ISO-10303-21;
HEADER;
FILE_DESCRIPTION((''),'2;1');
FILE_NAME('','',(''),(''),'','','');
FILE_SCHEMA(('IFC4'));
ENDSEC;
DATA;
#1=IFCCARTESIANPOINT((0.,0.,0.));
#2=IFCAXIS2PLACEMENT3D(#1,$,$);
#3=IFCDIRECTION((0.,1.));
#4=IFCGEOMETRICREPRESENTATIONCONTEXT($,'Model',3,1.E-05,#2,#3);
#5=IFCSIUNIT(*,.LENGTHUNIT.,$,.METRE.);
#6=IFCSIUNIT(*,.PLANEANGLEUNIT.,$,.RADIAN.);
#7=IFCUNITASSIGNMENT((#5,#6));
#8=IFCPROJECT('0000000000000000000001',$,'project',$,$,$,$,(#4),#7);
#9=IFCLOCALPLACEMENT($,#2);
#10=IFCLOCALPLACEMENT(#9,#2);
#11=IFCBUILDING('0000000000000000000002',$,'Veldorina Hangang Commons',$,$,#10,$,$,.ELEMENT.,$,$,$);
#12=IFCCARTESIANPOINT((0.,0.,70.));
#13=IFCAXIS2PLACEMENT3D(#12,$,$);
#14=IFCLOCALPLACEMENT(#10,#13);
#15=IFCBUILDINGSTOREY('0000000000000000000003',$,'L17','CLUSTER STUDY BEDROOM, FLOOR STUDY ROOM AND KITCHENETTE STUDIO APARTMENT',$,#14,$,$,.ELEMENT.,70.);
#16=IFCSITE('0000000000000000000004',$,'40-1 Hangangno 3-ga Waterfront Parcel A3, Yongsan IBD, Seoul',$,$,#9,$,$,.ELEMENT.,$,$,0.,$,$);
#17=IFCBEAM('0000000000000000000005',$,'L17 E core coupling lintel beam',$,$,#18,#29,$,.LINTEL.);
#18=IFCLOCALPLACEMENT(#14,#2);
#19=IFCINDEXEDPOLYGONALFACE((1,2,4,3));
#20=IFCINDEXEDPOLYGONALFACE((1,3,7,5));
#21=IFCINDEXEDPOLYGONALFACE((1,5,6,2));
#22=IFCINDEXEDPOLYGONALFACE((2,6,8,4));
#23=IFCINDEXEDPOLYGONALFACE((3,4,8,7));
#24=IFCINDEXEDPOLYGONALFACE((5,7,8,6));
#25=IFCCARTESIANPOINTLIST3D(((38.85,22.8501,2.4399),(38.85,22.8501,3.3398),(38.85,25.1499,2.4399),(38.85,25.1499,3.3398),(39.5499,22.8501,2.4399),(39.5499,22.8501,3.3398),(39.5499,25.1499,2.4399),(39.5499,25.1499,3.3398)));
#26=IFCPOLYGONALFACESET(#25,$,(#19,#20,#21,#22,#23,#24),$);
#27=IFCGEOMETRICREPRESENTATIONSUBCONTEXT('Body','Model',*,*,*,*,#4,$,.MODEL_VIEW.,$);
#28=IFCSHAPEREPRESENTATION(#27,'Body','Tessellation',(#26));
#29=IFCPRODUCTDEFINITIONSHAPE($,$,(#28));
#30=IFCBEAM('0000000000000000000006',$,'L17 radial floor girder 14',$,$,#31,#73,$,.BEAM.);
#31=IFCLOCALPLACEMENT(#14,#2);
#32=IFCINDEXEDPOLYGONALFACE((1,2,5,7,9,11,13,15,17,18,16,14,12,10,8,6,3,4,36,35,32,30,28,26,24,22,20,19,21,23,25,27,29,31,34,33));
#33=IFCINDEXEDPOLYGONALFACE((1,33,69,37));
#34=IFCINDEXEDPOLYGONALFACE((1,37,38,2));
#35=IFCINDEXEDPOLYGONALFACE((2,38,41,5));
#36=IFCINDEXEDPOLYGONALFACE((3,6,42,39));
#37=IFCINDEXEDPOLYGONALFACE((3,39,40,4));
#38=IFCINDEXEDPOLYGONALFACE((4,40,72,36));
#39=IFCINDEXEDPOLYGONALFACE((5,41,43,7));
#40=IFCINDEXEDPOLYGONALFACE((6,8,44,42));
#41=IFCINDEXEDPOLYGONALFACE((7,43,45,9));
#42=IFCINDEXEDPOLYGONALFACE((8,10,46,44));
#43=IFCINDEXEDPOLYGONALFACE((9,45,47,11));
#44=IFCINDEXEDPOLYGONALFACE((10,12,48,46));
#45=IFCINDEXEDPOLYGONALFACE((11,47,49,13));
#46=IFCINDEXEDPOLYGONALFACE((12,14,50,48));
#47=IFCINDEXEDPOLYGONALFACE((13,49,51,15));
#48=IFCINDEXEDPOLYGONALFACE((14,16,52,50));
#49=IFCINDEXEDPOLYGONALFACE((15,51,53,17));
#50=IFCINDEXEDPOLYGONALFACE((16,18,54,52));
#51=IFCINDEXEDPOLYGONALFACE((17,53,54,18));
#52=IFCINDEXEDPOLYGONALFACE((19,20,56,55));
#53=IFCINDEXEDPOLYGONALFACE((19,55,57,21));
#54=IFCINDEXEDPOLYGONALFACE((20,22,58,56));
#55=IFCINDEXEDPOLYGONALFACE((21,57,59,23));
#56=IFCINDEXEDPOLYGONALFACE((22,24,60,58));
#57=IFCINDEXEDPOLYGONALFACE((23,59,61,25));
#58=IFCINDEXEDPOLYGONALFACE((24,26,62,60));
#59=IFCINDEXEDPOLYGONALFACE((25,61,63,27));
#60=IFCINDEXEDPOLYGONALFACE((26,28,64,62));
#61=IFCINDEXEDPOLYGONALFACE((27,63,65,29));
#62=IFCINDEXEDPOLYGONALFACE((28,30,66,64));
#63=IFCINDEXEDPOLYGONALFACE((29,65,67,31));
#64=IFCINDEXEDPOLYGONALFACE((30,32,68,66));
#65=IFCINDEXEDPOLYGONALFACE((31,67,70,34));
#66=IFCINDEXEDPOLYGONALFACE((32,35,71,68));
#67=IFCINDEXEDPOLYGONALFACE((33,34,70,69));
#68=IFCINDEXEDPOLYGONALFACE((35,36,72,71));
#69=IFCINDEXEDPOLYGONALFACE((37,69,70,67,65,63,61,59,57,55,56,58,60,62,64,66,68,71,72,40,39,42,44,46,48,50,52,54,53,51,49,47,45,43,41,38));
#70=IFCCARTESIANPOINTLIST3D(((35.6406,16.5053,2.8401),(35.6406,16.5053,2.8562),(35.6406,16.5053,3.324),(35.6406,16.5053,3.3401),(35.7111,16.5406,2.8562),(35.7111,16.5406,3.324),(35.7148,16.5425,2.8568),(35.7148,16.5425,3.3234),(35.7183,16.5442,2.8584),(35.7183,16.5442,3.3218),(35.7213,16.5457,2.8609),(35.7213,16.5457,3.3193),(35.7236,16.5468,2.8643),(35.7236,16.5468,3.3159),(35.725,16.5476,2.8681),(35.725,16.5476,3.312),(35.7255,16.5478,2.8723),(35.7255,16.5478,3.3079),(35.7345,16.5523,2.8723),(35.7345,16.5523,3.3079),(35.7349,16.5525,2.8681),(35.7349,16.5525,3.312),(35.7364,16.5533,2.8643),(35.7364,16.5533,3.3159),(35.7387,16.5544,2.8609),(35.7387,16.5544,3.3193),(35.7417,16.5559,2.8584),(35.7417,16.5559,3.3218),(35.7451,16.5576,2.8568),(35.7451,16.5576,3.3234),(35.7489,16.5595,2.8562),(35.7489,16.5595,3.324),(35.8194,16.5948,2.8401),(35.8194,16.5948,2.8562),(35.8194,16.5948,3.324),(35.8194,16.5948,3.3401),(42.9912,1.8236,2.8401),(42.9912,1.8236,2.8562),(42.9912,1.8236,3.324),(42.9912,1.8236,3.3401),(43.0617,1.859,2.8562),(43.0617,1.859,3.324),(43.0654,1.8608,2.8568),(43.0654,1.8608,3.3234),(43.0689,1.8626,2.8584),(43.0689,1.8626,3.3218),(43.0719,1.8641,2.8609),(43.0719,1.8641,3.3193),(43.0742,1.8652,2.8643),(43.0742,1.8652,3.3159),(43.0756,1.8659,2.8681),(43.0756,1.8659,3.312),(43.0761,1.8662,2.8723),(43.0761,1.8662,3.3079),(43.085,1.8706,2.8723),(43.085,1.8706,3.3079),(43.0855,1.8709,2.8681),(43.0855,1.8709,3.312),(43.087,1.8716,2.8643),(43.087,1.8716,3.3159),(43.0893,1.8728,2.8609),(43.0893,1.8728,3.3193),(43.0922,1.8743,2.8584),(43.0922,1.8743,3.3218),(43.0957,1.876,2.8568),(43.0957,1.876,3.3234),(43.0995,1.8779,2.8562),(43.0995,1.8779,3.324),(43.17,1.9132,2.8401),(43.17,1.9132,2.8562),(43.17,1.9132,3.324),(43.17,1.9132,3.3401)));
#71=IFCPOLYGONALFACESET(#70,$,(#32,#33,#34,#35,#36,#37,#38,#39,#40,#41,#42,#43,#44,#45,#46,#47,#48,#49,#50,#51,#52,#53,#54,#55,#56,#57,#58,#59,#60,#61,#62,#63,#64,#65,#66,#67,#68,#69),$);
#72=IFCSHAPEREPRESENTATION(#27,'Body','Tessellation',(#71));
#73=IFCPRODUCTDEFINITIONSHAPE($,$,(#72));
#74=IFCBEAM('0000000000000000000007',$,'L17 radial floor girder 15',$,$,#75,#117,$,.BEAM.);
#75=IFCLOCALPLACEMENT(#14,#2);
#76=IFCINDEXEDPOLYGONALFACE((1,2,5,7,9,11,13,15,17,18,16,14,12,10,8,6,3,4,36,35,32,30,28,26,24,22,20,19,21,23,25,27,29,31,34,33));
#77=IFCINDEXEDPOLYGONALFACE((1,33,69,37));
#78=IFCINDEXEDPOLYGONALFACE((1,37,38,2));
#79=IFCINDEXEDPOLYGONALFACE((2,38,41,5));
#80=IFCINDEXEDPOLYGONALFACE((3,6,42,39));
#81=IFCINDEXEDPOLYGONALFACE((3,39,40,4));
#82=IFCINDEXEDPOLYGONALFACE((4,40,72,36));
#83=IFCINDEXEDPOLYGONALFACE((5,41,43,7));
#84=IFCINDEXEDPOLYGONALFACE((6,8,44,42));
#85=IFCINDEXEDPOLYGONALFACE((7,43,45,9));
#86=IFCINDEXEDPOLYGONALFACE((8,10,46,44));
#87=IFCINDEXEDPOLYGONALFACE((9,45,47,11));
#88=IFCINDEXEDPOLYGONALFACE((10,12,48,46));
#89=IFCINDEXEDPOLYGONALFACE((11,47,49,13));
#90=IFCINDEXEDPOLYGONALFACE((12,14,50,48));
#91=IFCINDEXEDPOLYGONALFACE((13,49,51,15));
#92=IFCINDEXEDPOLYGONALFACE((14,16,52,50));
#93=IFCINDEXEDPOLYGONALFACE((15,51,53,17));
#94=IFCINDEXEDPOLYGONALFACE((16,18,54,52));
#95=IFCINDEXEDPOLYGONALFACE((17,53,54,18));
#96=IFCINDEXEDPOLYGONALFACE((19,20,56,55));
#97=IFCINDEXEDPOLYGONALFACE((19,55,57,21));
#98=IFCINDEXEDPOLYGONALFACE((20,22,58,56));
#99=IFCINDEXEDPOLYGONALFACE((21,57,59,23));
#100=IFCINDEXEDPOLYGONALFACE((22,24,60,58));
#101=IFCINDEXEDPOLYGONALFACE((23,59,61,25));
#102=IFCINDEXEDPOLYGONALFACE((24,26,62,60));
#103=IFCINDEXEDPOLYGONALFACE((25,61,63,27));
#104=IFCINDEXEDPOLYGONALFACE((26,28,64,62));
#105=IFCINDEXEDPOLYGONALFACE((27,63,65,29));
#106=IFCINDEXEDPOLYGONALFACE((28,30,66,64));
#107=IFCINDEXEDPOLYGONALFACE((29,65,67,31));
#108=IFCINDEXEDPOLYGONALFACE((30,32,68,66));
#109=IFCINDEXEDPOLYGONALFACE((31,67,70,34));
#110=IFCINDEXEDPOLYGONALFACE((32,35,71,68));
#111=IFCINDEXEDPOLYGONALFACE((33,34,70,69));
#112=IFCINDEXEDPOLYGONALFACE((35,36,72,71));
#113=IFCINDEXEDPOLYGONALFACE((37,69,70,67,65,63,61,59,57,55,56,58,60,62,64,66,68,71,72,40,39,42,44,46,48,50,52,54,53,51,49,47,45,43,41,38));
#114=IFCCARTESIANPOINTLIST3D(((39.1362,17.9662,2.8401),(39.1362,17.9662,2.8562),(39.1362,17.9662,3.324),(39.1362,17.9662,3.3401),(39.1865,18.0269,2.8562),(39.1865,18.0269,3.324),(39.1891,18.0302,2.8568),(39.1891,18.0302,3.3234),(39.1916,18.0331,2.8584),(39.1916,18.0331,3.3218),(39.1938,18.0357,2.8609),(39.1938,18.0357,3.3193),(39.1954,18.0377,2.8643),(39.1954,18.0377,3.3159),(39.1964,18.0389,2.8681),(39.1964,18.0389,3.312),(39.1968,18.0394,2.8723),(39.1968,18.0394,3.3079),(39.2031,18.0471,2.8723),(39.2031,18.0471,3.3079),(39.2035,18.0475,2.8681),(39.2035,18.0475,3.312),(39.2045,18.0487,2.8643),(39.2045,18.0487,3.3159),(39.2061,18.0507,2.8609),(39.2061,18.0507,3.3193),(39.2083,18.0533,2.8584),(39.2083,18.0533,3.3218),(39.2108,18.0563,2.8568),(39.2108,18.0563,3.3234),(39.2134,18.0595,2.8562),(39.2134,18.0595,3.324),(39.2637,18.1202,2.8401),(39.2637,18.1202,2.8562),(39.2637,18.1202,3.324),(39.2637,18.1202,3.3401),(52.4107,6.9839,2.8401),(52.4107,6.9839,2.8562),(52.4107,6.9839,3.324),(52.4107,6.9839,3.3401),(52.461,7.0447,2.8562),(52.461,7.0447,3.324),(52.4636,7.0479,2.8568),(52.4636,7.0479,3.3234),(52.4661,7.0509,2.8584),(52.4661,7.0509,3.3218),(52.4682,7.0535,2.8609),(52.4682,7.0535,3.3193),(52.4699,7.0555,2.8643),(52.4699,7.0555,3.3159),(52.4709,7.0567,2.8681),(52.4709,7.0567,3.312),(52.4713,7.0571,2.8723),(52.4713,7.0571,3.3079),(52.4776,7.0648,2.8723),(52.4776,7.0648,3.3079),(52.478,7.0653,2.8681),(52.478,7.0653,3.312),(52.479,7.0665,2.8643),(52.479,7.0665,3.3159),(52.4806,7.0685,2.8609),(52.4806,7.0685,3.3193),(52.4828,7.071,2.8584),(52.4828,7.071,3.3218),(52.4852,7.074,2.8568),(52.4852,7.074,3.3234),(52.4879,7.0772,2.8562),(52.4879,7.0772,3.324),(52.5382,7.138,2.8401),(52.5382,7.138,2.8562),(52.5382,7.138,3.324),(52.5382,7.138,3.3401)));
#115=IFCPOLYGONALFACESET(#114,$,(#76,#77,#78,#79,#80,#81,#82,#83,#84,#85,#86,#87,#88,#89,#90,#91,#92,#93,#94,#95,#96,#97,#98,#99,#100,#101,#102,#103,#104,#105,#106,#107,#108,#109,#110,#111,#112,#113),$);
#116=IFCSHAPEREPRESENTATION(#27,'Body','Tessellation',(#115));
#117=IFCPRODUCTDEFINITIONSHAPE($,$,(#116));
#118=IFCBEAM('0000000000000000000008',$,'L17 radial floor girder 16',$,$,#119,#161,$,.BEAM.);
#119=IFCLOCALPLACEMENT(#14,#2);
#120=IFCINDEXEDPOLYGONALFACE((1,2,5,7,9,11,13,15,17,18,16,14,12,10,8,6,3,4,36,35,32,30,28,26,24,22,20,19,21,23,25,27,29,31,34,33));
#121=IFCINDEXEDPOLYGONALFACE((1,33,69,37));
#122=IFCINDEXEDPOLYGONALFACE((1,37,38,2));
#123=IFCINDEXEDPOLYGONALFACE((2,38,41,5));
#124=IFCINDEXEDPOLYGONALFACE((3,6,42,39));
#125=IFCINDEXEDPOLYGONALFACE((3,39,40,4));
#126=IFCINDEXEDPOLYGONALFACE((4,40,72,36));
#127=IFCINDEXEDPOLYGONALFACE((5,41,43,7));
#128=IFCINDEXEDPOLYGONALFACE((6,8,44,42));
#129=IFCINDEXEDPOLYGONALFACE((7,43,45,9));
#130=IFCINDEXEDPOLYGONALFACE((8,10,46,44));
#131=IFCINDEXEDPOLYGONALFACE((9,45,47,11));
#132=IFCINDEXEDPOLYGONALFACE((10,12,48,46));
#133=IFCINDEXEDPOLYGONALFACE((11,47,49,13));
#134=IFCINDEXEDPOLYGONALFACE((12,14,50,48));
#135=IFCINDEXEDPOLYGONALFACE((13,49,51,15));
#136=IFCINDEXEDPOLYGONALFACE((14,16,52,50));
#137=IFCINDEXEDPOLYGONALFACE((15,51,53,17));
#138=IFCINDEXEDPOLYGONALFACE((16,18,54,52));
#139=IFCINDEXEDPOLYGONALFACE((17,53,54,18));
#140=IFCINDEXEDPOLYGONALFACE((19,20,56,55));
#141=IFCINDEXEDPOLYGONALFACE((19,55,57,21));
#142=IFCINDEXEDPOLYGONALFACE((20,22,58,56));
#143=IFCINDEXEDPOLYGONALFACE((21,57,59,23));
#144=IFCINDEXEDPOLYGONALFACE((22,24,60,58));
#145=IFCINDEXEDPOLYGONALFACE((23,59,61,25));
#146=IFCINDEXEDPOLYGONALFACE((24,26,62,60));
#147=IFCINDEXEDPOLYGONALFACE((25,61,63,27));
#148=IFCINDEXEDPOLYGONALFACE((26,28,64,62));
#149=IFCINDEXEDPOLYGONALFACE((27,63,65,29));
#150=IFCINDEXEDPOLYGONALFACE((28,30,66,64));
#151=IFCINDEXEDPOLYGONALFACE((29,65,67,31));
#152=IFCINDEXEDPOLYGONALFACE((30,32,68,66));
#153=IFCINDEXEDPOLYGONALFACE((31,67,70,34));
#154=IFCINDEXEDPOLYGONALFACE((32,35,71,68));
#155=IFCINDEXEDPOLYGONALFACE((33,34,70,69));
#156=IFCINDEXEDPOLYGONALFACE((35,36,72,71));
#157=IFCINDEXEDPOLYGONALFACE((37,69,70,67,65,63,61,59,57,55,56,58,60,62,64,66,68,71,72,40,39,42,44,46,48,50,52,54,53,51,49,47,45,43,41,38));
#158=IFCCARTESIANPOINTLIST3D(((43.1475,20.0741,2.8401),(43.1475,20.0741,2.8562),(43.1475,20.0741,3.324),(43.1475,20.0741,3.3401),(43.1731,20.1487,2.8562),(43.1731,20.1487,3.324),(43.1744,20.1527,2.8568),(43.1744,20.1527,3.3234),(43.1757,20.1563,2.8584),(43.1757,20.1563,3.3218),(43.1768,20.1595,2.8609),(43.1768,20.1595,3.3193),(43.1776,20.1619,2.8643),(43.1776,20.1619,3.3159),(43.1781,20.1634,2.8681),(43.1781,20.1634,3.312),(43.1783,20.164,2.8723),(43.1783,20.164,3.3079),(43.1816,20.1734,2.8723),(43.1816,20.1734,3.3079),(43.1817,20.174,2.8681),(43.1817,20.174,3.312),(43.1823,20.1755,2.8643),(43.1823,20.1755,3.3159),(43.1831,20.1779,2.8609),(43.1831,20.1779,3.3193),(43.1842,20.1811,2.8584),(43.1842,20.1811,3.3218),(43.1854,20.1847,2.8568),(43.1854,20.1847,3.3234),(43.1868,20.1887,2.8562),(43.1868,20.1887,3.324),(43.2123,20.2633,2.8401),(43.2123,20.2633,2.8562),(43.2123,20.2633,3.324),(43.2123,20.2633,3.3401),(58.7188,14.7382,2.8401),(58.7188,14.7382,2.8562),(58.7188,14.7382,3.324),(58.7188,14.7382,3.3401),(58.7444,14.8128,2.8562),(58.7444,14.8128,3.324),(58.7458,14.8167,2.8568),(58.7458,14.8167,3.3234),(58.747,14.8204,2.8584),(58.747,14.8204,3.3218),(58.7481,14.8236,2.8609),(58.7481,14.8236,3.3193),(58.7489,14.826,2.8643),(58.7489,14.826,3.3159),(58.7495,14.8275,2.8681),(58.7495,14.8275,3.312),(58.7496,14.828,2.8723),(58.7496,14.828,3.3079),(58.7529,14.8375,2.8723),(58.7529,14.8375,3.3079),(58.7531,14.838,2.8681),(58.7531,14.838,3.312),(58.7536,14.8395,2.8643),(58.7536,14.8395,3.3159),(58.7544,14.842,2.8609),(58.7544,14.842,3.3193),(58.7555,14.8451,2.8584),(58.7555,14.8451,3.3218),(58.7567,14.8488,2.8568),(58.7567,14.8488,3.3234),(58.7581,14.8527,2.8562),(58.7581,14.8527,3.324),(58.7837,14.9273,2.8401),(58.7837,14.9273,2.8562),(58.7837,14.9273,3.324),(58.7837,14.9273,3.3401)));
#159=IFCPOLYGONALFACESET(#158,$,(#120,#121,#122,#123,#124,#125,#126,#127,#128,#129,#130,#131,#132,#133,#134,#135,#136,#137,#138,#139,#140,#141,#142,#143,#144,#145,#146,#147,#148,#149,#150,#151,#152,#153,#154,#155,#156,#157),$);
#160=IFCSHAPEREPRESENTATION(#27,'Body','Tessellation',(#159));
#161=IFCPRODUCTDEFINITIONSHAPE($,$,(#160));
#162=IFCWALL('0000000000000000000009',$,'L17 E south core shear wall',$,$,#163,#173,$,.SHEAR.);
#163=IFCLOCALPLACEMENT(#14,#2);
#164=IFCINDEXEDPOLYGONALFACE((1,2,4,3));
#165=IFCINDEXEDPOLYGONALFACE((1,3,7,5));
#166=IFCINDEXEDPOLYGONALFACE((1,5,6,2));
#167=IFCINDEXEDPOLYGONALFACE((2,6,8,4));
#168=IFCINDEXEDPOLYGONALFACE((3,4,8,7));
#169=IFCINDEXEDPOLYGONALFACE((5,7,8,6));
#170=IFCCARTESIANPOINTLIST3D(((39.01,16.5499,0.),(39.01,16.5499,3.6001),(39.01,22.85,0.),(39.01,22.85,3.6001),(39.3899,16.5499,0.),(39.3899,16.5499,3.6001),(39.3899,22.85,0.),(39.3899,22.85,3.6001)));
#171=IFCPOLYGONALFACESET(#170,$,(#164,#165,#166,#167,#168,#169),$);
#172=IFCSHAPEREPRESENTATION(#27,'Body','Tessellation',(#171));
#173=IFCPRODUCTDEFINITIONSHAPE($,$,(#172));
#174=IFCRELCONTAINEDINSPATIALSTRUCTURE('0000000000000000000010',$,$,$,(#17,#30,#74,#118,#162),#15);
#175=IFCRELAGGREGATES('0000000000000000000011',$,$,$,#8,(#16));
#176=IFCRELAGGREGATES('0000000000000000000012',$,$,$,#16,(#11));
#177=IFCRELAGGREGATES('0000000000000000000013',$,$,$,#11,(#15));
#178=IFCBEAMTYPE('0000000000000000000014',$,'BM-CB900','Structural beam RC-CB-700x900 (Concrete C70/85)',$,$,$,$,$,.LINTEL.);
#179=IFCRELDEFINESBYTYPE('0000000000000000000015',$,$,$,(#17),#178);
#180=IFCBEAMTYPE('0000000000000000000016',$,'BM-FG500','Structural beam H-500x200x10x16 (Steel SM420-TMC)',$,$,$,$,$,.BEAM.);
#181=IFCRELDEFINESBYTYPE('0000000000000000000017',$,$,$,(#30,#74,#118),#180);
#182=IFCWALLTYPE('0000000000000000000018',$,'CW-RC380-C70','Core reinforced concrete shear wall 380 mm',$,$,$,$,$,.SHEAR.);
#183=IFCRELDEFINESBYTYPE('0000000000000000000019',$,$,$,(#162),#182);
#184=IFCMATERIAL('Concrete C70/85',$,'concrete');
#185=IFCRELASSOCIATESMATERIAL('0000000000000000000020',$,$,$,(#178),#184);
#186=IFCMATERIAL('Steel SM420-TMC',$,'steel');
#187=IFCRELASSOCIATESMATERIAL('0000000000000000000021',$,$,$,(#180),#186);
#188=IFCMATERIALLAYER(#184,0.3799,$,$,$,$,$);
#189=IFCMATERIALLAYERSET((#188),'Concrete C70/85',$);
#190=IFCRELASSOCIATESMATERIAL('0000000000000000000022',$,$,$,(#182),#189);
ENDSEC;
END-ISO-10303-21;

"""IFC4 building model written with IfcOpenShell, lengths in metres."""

from ifc_helpers import new_model, si_unit, direction, frame, frame_2d, origin, origin_2d, place, context, subcontext, project, spatial, rectangle, i_section, extrude, material, layer, layer_set, material_profile, profile_set, type_object, element, save


model = new_model("IFC4")

# Units and contexts
model_context = context("Model", 3, precision=1e-05, world=origin(), true_north=direction((0.0, 1.0)))
body_context = subcontext(model_context, "Body", "Model", "MODEL_VIEW")
ifc_project = project(units=[si_unit("LENGTHUNIT", "METRE"), si_unit("PLANEANGLEUNIT", "RADIAN")], contexts=[model_context])

# Site, building, storey
site_placement = place(None, origin())
site = spatial("IfcSite", under=ifc_project, at=site_placement, Name="40-1 Hangangno 3-ga Waterfront Parcel A3, Yongsan IBD, Seoul", CompositionType="ELEMENT", RefElevation=0.0)
building_placement = place(site_placement, origin())
building = spatial("IfcBuilding", under=site, at=building_placement, Name="Veldorina Hangang Commons", CompositionType="ELEMENT")
storey_placement = place(building_placement, frame((0.0, 0.0, 70.0)))
storey = spatial("IfcBuildingStorey", under=building, at=storey_placement, Name="L17", Description="CLUSTER STUDY BEDROOM, FLOOR STUDY ROOM AND KITCHENETTE STUDIO APARTMENT", CompositionType="ELEMENT", Elevation=70.0)

# Beams
ifc_material_1 = material(Name="Concrete C70/85", Category="concrete")
ifc_material_profile_1 = material_profile(ifc_material_1, rectangle(XDim=0.7, YDim=0.8999, at=origin_2d()), Name="RC-CB-700x900")
ifc_profile_set_1 = profile_set([ifc_material_profile_1], Name="Concrete C70/85")
beam_type_1 = type_object("IfcBeamType", Name="BM-CB900", Description="Structural beam RC-CB-700x900 (Concrete C70/85)", PredefinedType="LINTEL", material=ifc_profile_set_1)
beam_1_placement = place(storey_placement, frame((39.2, 22.8501, 2.8899), z_axis=(0.0, 1.0, 0.0), x_axis=(-1.0, 0.0, 0.0)))
element("IfcBeam", 1, at=beam_1_placement, inside=storey, type_object=beam_type_1, Name="L17 E core coupling lintel beam", PredefinedType="LINTEL", context=body_context, shape_type="SweptSolid", body=[
    extrude(rectangle(XDim=0.7, YDim=0.8999, at=origin_2d()), origin(), (0.0, 0.0, 1.0), 2.2998),
])
ifc_material_2 = material(Name="Steel SM420-TMC", Category="steel")
ifc_material_profile_2 = material_profile(ifc_material_2, i_section(OverallWidth=0.2, OverallDepth=0.5, WebThickness=0.01, FlangeThickness=0.0161, FilletRadius=0.0161, at=origin_2d()), Name="H-500x200x10x16")
ifc_profile_set_2 = profile_set([ifc_material_profile_2], Name="Steel SM420-TMC")
beam_type_2 = type_object("IfcBeamType", Name="BM-FG500", Description="Structural beam H-500x200x10x16 (Steel SM420-TMC)", PredefinedType="BEAM", material=ifc_profile_set_2)
beam_2_placement = place(storey_placement, frame((35.73, 16.55, 3.0901), z_axis=(0.447689, -0.894189, 0.0), x_axis=(0.894189, 0.447689, 0.0)))
element("IfcBeam", 2, at=beam_2_placement, inside=storey, type_object=beam_type_2, Name="L17 radial floor girder 14", PredefinedType="BEAM", context=body_context, shape_type="SweptSolid", body=[
    extrude(i_section(OverallWidth=0.2, OverallDepth=0.5, WebThickness=0.01, FlangeThickness=0.0161, FilletRadius=0.0161, at=origin_2d()), origin(), (0.0, 0.0, 1.0), 16.4189),
])
beam_3_placement = place(storey_placement, frame((39.2, 18.0432, 3.0901), z_axis=(0.770495, -0.637446, 0.0), x_axis=(0.637446, 0.770495, 0.0)))
element("IfcBeam", 3, at=beam_3_placement, inside=storey, type_object=beam_type_2, Name="L17 radial floor girder 15", PredefinedType="BEAM", context=body_context, shape_type="SweptSolid", body=[
    extrude(i_section(OverallWidth=0.2, OverallDepth=0.5, WebThickness=0.01, FlangeThickness=0.0161, FilletRadius=0.0161, at=origin_2d()), origin(), (0.0, 0.0, 1.0), 17.2285),
])
beam_4_placement = place(storey_placement, frame((43.1799, 20.1687, 3.0901), z_axis=(0.945998, -0.324173, 0.0), x_axis=(0.324173, 0.945998, 0.0)))
element("IfcBeam", 4, at=beam_4_placement, inside=storey, type_object=beam_type_2, Name="L17 radial floor girder 16", PredefinedType="BEAM", context=body_context, shape_type="SweptSolid", body=[
    extrude(i_section(OverallWidth=0.2, OverallDepth=0.5, WebThickness=0.01, FlangeThickness=0.0161, FilletRadius=0.0161, at=origin_2d()), origin(), (0.0, 0.0, 1.0), 16.4602),
])

# Wall
ifc_layer_1 = layer(ifc_material_1, 0.3799)
ifc_layer_set_1 = layer_set([ifc_layer_1], Name="Concrete C70/85")
wall_type_1 = type_object("IfcWallType", Name="CW-RC380-C70", Description="Core reinforced concrete shear wall 380 mm", PredefinedType="SHEAR", material=ifc_layer_set_1)
wall_1_placement = place(storey_placement, frame((39.2, 16.55, 0.0), z_axis=(0.0, 0.0, 1.0), x_axis=(0.0, 1.0, 0.0)))
element("IfcWall", 5, at=wall_1_placement, inside=storey, type_object=wall_type_1, Name="L17 E south core shear wall", PredefinedType="SHEAR", context=body_context, shape_type="SweptSolid", body=[
    extrude(rectangle(XDim=6.3, YDim=0.3799, at=frame_2d((3.1499, 0.0))), origin(), (0.0, 0.0, 1.0), 3.6001),
])

save(model, "model.ifc")
